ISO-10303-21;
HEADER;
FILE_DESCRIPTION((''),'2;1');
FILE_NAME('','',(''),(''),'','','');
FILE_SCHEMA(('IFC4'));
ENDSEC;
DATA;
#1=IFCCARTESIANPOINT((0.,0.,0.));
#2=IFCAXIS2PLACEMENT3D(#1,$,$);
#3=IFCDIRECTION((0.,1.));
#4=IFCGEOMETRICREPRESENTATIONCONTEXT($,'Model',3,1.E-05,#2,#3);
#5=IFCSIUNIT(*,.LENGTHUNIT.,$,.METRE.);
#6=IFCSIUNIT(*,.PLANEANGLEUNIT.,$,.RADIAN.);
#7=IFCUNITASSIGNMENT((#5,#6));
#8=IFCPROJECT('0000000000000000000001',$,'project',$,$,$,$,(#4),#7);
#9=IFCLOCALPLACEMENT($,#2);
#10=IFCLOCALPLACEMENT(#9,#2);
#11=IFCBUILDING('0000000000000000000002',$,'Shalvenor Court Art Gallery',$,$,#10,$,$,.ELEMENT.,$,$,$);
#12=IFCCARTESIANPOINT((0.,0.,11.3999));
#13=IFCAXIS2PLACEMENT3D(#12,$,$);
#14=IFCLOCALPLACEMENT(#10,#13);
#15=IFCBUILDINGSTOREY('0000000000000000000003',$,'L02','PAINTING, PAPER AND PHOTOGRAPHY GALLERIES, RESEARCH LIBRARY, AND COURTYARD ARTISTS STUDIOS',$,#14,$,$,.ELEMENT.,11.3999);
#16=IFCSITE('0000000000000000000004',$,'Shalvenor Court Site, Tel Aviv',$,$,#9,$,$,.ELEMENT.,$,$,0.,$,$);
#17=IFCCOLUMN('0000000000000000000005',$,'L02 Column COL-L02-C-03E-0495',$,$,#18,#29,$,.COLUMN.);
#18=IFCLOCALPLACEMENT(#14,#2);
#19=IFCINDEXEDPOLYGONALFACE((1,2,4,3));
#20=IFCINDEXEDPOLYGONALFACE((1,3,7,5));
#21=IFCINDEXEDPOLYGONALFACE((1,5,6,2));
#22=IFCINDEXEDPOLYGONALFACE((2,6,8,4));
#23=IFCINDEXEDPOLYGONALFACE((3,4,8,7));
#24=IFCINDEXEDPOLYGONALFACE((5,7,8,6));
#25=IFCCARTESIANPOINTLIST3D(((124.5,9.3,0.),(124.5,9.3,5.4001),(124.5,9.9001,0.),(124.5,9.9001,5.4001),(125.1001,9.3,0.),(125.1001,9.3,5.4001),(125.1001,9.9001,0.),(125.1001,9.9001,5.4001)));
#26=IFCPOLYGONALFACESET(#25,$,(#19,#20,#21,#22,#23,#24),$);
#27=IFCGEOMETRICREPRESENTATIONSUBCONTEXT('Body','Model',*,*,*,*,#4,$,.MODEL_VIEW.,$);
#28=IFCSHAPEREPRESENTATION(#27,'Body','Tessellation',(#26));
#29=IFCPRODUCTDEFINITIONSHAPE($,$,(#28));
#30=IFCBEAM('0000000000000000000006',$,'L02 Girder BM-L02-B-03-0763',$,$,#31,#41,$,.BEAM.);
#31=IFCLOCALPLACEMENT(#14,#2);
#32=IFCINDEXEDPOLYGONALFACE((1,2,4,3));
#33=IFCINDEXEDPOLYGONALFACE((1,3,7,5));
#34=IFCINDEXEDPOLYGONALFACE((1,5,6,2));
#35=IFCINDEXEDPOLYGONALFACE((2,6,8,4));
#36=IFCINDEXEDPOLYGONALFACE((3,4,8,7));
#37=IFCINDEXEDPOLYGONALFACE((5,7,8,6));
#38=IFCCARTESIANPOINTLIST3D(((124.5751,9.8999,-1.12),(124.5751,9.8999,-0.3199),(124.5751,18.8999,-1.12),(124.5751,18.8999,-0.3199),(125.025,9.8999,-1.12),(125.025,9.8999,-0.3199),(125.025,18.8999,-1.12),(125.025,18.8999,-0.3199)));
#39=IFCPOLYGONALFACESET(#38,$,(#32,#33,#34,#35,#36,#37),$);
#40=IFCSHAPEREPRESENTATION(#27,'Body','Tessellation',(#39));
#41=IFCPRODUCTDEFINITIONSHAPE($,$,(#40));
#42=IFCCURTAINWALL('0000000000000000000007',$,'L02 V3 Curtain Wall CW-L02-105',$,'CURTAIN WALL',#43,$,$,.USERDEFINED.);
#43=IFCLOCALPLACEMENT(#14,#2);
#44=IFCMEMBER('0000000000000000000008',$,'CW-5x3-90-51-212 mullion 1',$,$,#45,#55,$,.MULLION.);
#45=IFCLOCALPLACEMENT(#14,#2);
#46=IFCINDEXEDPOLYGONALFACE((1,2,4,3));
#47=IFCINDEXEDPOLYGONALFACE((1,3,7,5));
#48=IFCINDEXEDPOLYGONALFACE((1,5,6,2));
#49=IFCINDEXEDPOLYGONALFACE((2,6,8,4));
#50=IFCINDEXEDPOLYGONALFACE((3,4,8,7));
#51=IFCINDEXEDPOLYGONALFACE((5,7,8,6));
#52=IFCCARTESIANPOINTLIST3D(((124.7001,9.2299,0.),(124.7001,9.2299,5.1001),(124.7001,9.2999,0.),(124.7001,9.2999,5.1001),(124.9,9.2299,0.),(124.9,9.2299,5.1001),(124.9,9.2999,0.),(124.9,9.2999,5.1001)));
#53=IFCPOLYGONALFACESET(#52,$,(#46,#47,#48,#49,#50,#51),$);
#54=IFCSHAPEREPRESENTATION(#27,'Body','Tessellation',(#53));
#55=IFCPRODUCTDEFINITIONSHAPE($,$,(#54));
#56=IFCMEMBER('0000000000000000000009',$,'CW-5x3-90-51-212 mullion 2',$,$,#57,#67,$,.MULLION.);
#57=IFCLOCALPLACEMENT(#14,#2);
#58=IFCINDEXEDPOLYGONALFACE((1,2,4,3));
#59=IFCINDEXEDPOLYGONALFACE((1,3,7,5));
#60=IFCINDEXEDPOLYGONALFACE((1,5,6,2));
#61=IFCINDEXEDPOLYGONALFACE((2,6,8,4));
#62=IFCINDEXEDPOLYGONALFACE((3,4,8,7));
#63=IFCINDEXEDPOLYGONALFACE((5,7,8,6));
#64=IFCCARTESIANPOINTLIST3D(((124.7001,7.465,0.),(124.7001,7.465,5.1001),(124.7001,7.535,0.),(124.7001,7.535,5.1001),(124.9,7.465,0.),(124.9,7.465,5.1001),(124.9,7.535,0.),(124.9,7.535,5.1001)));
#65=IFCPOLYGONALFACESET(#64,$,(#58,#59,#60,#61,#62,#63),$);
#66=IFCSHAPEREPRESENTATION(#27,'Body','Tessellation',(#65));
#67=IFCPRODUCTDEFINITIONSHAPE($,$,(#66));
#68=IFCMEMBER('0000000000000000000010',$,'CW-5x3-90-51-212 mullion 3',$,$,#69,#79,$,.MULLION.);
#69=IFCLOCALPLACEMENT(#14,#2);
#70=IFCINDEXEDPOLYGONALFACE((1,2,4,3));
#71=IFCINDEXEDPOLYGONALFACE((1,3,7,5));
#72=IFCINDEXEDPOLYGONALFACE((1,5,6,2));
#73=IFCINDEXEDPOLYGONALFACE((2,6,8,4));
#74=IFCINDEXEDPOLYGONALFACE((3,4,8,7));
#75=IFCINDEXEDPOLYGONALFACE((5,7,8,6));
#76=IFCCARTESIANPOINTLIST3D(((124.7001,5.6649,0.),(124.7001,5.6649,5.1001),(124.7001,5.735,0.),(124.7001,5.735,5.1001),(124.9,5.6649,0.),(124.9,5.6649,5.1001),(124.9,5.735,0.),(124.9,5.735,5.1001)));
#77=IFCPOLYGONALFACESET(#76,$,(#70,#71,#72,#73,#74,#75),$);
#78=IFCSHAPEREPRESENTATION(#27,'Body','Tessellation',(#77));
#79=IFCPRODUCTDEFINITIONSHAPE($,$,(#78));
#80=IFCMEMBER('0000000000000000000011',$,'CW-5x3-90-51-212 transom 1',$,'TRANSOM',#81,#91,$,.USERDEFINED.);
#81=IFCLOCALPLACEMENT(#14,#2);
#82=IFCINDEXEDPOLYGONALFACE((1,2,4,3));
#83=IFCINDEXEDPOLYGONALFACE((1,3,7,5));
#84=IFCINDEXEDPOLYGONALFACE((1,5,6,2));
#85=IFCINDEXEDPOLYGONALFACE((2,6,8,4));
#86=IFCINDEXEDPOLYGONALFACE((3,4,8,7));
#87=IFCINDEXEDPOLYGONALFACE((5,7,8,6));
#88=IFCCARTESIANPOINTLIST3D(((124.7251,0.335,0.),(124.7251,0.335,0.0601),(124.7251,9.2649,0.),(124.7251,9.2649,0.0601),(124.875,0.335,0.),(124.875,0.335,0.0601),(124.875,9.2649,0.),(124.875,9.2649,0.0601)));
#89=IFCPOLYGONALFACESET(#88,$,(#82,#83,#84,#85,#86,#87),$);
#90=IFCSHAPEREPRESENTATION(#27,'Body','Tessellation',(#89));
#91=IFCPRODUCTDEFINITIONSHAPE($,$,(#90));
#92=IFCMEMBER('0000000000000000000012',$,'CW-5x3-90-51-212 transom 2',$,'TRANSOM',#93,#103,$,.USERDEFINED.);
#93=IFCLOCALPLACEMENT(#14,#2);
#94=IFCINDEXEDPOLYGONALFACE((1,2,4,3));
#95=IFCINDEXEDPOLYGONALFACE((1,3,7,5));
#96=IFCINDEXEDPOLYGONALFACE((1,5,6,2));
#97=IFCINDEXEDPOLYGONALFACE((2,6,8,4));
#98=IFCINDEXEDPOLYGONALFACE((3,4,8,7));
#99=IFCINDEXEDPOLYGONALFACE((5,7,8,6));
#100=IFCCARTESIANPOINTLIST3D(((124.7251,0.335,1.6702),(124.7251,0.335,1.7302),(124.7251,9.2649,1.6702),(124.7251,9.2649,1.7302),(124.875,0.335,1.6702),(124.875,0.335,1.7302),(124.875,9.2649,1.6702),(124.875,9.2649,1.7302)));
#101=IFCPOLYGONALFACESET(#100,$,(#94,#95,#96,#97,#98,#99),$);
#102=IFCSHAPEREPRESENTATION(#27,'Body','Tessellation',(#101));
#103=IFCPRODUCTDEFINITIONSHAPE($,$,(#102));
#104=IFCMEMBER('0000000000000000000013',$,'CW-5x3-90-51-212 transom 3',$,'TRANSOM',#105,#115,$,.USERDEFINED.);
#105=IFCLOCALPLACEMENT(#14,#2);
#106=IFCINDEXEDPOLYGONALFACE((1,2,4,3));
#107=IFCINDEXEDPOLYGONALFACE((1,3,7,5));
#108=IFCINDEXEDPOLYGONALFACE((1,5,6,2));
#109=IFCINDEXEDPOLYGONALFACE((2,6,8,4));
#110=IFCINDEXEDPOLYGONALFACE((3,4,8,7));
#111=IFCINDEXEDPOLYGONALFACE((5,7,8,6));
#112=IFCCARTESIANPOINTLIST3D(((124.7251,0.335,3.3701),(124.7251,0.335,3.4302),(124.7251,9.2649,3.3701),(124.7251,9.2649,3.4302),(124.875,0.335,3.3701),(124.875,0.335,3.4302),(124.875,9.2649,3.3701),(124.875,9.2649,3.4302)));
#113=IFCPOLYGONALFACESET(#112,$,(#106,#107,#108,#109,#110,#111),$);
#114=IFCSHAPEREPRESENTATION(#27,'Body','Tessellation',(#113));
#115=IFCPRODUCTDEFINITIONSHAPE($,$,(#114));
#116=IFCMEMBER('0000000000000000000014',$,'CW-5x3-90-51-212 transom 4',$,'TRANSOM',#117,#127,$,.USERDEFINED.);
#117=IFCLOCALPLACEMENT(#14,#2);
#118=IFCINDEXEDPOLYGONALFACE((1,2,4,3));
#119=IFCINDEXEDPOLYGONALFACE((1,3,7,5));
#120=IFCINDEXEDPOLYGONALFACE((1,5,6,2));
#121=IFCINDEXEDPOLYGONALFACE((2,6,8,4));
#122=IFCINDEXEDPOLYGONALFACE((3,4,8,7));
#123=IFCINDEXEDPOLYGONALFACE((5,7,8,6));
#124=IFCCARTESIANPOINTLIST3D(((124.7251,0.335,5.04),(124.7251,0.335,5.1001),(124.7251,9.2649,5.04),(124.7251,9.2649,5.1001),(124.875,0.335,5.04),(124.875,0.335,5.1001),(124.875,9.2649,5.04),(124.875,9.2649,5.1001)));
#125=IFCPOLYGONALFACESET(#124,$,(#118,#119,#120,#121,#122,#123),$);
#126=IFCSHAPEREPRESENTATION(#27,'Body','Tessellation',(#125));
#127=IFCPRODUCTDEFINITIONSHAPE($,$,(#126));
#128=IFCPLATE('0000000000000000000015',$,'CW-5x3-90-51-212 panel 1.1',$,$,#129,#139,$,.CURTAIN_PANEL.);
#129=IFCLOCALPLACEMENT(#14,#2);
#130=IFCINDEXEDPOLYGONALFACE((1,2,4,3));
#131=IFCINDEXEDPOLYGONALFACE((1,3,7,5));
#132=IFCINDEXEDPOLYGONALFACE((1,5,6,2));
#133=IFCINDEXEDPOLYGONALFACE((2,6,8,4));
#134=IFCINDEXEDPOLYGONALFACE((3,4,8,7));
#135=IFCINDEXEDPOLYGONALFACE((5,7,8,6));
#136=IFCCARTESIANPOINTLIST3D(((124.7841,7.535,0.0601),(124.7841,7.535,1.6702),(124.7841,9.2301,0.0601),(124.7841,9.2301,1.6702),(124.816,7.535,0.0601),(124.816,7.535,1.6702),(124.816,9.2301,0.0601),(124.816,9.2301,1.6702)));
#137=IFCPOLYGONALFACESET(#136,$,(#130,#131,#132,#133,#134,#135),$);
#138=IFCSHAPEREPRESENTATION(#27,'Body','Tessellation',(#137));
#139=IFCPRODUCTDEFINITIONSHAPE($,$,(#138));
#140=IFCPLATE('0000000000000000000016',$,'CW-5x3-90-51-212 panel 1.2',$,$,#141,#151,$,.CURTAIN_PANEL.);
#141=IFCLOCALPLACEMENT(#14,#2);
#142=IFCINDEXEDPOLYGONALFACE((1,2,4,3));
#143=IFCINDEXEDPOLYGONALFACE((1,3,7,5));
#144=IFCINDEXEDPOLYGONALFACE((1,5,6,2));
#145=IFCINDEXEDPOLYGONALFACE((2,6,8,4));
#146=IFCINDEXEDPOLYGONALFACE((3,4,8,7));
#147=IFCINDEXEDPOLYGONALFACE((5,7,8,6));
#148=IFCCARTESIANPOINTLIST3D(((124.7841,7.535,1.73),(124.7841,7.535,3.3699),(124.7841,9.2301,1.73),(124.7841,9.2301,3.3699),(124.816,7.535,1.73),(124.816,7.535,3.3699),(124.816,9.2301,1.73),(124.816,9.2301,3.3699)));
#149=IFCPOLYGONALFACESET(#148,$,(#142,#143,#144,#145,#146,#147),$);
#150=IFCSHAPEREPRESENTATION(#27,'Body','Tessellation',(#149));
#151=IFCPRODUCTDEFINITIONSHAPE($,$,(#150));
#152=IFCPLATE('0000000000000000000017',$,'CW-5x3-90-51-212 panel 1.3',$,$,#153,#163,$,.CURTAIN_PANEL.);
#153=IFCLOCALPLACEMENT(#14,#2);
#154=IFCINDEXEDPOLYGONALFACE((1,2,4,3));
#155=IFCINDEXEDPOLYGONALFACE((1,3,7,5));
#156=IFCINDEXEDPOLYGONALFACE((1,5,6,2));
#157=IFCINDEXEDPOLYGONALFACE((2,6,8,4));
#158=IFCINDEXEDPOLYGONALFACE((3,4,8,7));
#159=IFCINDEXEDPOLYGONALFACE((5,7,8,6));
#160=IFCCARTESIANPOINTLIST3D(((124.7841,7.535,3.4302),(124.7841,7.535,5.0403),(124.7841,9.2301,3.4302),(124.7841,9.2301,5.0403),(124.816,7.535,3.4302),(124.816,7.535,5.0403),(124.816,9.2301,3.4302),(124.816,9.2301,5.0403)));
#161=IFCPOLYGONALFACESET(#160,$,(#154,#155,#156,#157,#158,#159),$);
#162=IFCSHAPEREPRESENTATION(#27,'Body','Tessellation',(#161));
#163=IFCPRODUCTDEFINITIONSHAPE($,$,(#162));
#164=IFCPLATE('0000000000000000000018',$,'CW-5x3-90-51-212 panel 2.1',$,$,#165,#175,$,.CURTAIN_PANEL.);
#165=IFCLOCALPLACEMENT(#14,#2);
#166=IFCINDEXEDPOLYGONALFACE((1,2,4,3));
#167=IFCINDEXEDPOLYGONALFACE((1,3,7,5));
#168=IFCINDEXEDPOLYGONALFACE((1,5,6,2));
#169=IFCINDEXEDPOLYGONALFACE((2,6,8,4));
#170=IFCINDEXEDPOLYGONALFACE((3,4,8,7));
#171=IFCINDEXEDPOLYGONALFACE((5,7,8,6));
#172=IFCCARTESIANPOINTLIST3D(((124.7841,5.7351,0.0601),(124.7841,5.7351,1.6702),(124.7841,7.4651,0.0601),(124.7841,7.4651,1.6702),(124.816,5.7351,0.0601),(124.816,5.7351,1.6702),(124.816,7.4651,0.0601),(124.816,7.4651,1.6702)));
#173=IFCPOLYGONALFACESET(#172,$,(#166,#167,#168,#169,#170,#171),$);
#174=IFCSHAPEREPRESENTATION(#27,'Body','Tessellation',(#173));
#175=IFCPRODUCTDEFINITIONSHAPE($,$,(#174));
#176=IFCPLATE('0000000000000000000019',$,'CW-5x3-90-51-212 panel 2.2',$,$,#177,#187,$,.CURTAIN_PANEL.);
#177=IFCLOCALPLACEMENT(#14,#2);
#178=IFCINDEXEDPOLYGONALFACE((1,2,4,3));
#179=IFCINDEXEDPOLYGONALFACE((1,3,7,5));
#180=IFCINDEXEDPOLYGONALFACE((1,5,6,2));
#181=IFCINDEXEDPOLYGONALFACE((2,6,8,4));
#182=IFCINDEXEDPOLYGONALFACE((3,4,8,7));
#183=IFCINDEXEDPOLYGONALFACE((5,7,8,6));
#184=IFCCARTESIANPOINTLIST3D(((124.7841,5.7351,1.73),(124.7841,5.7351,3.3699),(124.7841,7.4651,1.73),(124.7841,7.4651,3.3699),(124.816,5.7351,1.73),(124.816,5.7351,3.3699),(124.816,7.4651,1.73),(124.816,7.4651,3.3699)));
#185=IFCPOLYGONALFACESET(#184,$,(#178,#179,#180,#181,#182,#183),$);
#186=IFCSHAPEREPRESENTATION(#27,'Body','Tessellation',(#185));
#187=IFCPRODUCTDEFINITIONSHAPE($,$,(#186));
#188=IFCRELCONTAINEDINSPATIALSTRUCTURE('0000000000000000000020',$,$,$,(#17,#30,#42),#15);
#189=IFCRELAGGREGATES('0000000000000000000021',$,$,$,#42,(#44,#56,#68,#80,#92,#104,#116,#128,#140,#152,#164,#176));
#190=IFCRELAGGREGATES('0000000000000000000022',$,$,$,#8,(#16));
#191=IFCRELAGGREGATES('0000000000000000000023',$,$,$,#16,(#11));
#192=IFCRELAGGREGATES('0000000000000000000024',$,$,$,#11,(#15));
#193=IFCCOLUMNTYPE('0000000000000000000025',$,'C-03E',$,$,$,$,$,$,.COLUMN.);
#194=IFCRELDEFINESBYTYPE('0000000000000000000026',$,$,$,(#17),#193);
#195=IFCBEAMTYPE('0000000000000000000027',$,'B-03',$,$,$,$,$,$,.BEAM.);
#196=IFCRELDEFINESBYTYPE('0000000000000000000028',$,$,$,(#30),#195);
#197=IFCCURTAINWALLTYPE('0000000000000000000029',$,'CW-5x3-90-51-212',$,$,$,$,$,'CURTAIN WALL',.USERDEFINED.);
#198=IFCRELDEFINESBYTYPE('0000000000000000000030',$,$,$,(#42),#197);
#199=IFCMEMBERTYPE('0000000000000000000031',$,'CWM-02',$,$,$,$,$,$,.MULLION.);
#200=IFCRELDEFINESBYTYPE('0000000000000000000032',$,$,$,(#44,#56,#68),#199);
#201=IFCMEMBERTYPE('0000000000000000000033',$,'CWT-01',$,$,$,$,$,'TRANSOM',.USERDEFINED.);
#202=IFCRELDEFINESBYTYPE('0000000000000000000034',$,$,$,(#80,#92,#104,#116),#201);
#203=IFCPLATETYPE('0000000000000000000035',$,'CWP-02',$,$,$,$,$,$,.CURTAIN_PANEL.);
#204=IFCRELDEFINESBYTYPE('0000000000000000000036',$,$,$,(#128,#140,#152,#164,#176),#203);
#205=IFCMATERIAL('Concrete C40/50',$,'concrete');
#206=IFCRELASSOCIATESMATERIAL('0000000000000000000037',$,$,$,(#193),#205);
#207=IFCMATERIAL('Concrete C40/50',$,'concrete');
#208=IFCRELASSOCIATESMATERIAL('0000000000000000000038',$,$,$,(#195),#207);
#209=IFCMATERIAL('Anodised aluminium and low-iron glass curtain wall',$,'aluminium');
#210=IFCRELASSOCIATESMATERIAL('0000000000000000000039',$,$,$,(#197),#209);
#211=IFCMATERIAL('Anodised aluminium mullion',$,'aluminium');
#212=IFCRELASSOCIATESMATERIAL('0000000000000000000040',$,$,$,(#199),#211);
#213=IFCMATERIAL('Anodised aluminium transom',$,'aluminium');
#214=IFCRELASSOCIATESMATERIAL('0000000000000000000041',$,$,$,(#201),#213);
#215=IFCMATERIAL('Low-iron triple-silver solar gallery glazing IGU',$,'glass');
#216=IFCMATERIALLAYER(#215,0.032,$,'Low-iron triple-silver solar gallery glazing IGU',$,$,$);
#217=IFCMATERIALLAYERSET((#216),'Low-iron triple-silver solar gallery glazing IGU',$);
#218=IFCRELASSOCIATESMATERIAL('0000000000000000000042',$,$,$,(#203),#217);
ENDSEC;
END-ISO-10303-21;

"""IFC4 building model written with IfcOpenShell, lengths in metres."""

from ifc_helpers import new_model, si_unit, direction, frame, origin, origin_2d, place, context, subcontext, project, spatial, rectangle, extrude, material, layer, layer_set, material_profile, profile_set, type_object, element, aggregate, save


model = new_model("IFC4")

# Units and contexts
model_context = context("Model", 3, precision=1e-05, world=origin(), true_north=direction((0.0, 1.0)))
body_context = subcontext(model_context, "Body", "Model", "MODEL_VIEW")
ifc_project = project(units=[si_unit("LENGTHUNIT", "METRE"), si_unit("PLANEANGLEUNIT", "RADIAN")], contexts=[model_context])

# Site, building, storey
site_placement = place(None, origin())
site = spatial("IfcSite", under=ifc_project, at=site_placement, Name="Shalvenor Court Site, Tel Aviv", CompositionType="ELEMENT", RefElevation=0.0)
building_placement = place(site_placement, origin())
building = spatial("IfcBuilding", under=site, at=building_placement, Name="Shalvenor Court Art Gallery", CompositionType="ELEMENT")
storey_placement = place(building_placement, frame((0.0, 0.0, 11.3999)))
storey = spatial("IfcBuildingStorey", under=building, at=storey_placement, Name="L02", Description="PAINTING, PAPER AND PHOTOGRAPHY GALLERIES, RESEARCH LIBRARY, AND COURTYARD ARTISTS STUDIOS", CompositionType="ELEMENT", Elevation=11.3999)

# Column
ifc_material_1 = material(Name="Concrete C40/50", Category="concrete")
ifc_material_profile_1 = material_profile(ifc_material_1, rectangle(XDim=0.6001, YDim=0.6001, at=origin_2d()), Name="RC 600x600")
ifc_profile_set_1 = profile_set([ifc_material_profile_1], Name="Concrete C40/50")
column_type = type_object("IfcColumnType", Name="C-03E", PredefinedType="COLUMN", material=ifc_profile_set_1)
column_placement = place(storey_placement, frame((124.8, 9.6001, 0.0), z_axis=(0.0, 0.0, 1.0), x_axis=(1.0, 0.0, 0.0)))
element("IfcColumn", 1, at=column_placement, inside=storey, type_object=column_type, Name="L02 Column COL-L02-C-03E-0495", PredefinedType="COLUMN", context=body_context, shape_type="SweptSolid", body=[
    extrude(rectangle(XDim=0.6001, YDim=0.6001, at=origin_2d()), origin(), (0.0, 0.0, 1.0), 5.4001),
])

# Beam
ifc_material_2 = material(Name="Concrete C40/50", Category="concrete")
ifc_material_profile_2 = material_profile(ifc_material_2, rectangle(XDim=0.45, YDim=0.8, at=origin_2d()), Name="RC 450x800")
ifc_profile_set_2 = profile_set([ifc_material_profile_2], Name="Concrete C40/50")
beam_type = type_object("IfcBeamType", Name="B-03", PredefinedType="BEAM", material=ifc_profile_set_2)
beam_placement = place(storey_placement, frame((124.8, 9.8999, -0.72), z_axis=(0.0, 1.0, 0.0), x_axis=(-1.0, 0.0, 0.0)))
element("IfcBeam", 2, at=beam_placement, inside=storey, type_object=beam_type, Name="L02 Girder BM-L02-B-03-0763", PredefinedType="BEAM", context=body_context, shape_type="SweptSolid", body=[
    extrude(rectangle(XDim=0.45, YDim=0.8, at=origin_2d()), origin(), (0.0, 0.0, 1.0), 9.0),
])

# Curtain wall, members, plates
ifc_material_3 = material(Name="Anodised aluminium and low-iron glass curtain wall", Category="aluminium")
curtain_wall_type = type_object("IfcCurtainWallType", Name="CW-5x3-90-51-212", ElementType="CURTAIN WALL", PredefinedType="USERDEFINED", material=ifc_material_3)
curtain_wall_placement = place(storey_placement, origin())
curtain_wall = element("IfcCurtainWall", 3, at=curtain_wall_placement, inside=storey, type_object=curtain_wall_type, Name="L02 V3 Curtain Wall CW-L02-105", ObjectType="CURTAIN WALL", PredefinedType="USERDEFINED")
ifc_material_4 = material(Name="Anodised aluminium mullion", Category="aluminium")
ifc_material_profile_3 = material_profile(ifc_material_4, rectangle(XDim=0.0701, YDim=0.2, at=origin_2d()), Name="CWM-02")
ifc_profile_set_3 = profile_set([ifc_material_profile_3], Name="Anodised aluminium mullion")
member_type_1 = type_object("IfcMemberType", Name="CWM-02", PredefinedType="MULLION", material=ifc_profile_set_3)
member_1_placement = place(storey_placement, frame((124.8, 9.2649, 0.0), z_axis=(0.0, 0.0, 1.0), x_axis=(0.0, -1.0, 0.0)))
member_1 = element("IfcMember", 4, at=member_1_placement, type_object=member_type_1, Name="CW-5x3-90-51-212 mullion 1", PredefinedType="MULLION", context=body_context, shape_type="SweptSolid", body=[
    extrude(rectangle(XDim=0.0701, YDim=0.2, at=origin_2d()), origin(), (0.0, 0.0, 1.0), 5.1001),
])
member_2_placement = place(storey_placement, frame((124.8, 7.5, 0.0), z_axis=(0.0, 0.0, 1.0), x_axis=(0.0, -1.0, 0.0)))
member_2 = element("IfcMember", 5, at=member_2_placement, type_object=member_type_1, Name="CW-5x3-90-51-212 mullion 2", PredefinedType="MULLION", context=body_context, shape_type="SweptSolid", body=[
    extrude(rectangle(XDim=0.0701, YDim=0.2, at=origin_2d()), origin(), (0.0, 0.0, 1.0), 5.1001),
])
member_3_placement = place(storey_placement, frame((124.8, 5.7, 0.0), z_axis=(0.0, 0.0, 1.0), x_axis=(0.0, -1.0, 0.0)))
member_3 = element("IfcMember", 6, at=member_3_placement, type_object=member_type_1, Name="CW-5x3-90-51-212 mullion 3", PredefinedType="MULLION", context=body_context, shape_type="SweptSolid", body=[
    extrude(rectangle(XDim=0.0701, YDim=0.2, at=origin_2d()), origin(), (0.0, 0.0, 1.0), 5.1001),
])
ifc_material_5 = material(Name="Anodised aluminium transom", Category="aluminium")
ifc_material_profile_4 = material_profile(ifc_material_5, rectangle(XDim=0.1499, YDim=0.0601, at=origin_2d()), Name="CWT-01")
ifc_profile_set_4 = profile_set([ifc_material_profile_4], Name="Anodised aluminium transom")
member_type_2 = type_object("IfcMemberType", Name="CWT-01", ElementType="TRANSOM", PredefinedType="USERDEFINED", material=ifc_profile_set_4)
member_4_placement = place(storey_placement, frame((124.8, 9.2649, 0.03), z_axis=(0.0, -1.0, 0.0), x_axis=(1.0, 0.0, 0.0)))
member_4 = element("IfcMember", 7, at=member_4_placement, type_object=member_type_2, Name="CW-5x3-90-51-212 transom 1", ObjectType="TRANSOM", PredefinedType="USERDEFINED", context=body_context, shape_type="SweptSolid", body=[
    extrude(rectangle(XDim=0.1499, YDim=0.0601, at=origin_2d()), origin(), (0.0, 0.0, 1.0), 8.9299),
])
member_5_placement = place(storey_placement, frame((124.8, 9.2649, 1.7002), z_axis=(0.0, -1.0, 0.0), x_axis=(1.0, 0.0, 0.0)))
member_5 = element("IfcMember", 8, at=member_5_placement, type_object=member_type_2, Name="CW-5x3-90-51-212 transom 2", ObjectType="TRANSOM", PredefinedType="USERDEFINED", context=body_context, shape_type="SweptSolid", body=[
    extrude(rectangle(XDim=0.1499, YDim=0.0601, at=origin_2d()), origin(), (0.0, 0.0, 1.0), 8.9299),
])
member_6_placement = place(storey_placement, frame((124.8, 9.2649, 3.4001), z_axis=(0.0, -1.0, 0.0), x_axis=(1.0, 0.0, 0.0)))
member_6 = element("IfcMember", 9, at=member_6_placement, type_object=member_type_2, Name="CW-5x3-90-51-212 transom 3", ObjectType="TRANSOM", PredefinedType="USERDEFINED", context=body_context, shape_type="SweptSolid", body=[
    extrude(rectangle(XDim=0.1499, YDim=0.0601, at=origin_2d()), origin(), (0.0, 0.0, 1.0), 8.9299),
])
member_7_placement = place(storey_placement, frame((124.8, 9.2649, 5.0701), z_axis=(0.0, -1.0, 0.0), x_axis=(1.0, 0.0, 0.0)))
member_7 = element("IfcMember", 10, at=member_7_placement, type_object=member_type_2, Name="CW-5x3-90-51-212 transom 4", ObjectType="TRANSOM", PredefinedType="USERDEFINED", context=body_context, shape_type="SweptSolid", body=[
    extrude(rectangle(XDim=0.1499, YDim=0.0601, at=origin_2d()), origin(), (0.0, 0.0, 1.0), 8.9299),
])
ifc_material_6 = material(Name="Low-iron triple-silver solar gallery glazing IGU", Category="glass")
ifc_layer_1 = layer(ifc_material_6, 0.032, Name="Low-iron triple-silver solar gallery glazing IGU")
ifc_layer_set_1 = layer_set([ifc_layer_1], Name="Low-iron triple-silver solar gallery glazing IGU")
plate_type = type_object("IfcPlateType", Name="CWP-02", PredefinedType="CURTAIN_PANEL", material=ifc_layer_set_1)
plate_1_placement = place(storey_placement, frame((124.8, 8.3826, 0.0601), z_axis=(0.0, 0.0, 1.0), x_axis=(0.0, -1.0, 0.0)))
plate_1 = element("IfcPlate", 11, at=plate_1_placement, type_object=plate_type, Name="CW-5x3-90-51-212 panel 1.1", PredefinedType="CURTAIN_PANEL", context=body_context, shape_type="SweptSolid", body=[
    extrude(rectangle(XDim=1.6951, YDim=0.032, at=origin_2d()), origin(), (0.0, 0.0, 1.0), 1.6101),
])
plate_2_placement = place(storey_placement, frame((124.8, 8.3826, 1.73), z_axis=(0.0, 0.0, 1.0), x_axis=(0.0, -1.0, 0.0)))
plate_2 = element("IfcPlate", 12, at=plate_2_placement, type_object=plate_type, Name="CW-5x3-90-51-212 panel 1.2", PredefinedType="CURTAIN_PANEL", context=body_context, shape_type="SweptSolid", body=[
    extrude(rectangle(XDim=1.6951, YDim=0.032, at=origin_2d()), origin(), (0.0, 0.0, 1.0), 1.6399),
])
plate_3_placement = place(storey_placement, frame((124.8, 8.3826, 3.4302), z_axis=(0.0, 0.0, 1.0), x_axis=(0.0, -1.0, 0.0)))
plate_3 = element("IfcPlate", 13, at=plate_3_placement, type_object=plate_type, Name="CW-5x3-90-51-212 panel 1.3", PredefinedType="CURTAIN_PANEL", context=body_context, shape_type="SweptSolid", body=[
    extrude(rectangle(XDim=1.6951, YDim=0.032, at=origin_2d()), origin(), (0.0, 0.0, 1.0), 1.6101),
])
plate_4_placement = place(storey_placement, frame((124.8, 6.6001, 0.0601), z_axis=(0.0, 0.0, 1.0), x_axis=(0.0, -1.0, 0.0)))
plate_4 = element("IfcPlate", 14, at=plate_4_placement, type_object=plate_type, Name="CW-5x3-90-51-212 panel 2.1", PredefinedType="CURTAIN_PANEL", context=body_context, shape_type="SweptSolid", body=[
    extrude(rectangle(XDim=1.73, YDim=0.032, at=origin_2d()), origin(), (0.0, 0.0, 1.0), 1.6101),
])
plate_5_placement = place(storey_placement, frame((124.8, 6.6001, 1.73), z_axis=(0.0, 0.0, 1.0), x_axis=(0.0, -1.0, 0.0)))
plate_5 = element("IfcPlate", 15, at=plate_5_placement, type_object=plate_type, Name="CW-5x3-90-51-212 panel 2.2", PredefinedType="CURTAIN_PANEL", context=body_context, shape_type="SweptSolid", body=[
    extrude(rectangle(XDim=1.73, YDim=0.032, at=origin_2d()), origin(), (0.0, 0.0, 1.0), 1.6399),
])
aggregate(curtain_wall, [member_1, member_2, member_3, member_4, member_5, member_6, member_7, plate_1, plate_2, plate_3, plate_4, plate_5])

save(model, "model.ifc")
